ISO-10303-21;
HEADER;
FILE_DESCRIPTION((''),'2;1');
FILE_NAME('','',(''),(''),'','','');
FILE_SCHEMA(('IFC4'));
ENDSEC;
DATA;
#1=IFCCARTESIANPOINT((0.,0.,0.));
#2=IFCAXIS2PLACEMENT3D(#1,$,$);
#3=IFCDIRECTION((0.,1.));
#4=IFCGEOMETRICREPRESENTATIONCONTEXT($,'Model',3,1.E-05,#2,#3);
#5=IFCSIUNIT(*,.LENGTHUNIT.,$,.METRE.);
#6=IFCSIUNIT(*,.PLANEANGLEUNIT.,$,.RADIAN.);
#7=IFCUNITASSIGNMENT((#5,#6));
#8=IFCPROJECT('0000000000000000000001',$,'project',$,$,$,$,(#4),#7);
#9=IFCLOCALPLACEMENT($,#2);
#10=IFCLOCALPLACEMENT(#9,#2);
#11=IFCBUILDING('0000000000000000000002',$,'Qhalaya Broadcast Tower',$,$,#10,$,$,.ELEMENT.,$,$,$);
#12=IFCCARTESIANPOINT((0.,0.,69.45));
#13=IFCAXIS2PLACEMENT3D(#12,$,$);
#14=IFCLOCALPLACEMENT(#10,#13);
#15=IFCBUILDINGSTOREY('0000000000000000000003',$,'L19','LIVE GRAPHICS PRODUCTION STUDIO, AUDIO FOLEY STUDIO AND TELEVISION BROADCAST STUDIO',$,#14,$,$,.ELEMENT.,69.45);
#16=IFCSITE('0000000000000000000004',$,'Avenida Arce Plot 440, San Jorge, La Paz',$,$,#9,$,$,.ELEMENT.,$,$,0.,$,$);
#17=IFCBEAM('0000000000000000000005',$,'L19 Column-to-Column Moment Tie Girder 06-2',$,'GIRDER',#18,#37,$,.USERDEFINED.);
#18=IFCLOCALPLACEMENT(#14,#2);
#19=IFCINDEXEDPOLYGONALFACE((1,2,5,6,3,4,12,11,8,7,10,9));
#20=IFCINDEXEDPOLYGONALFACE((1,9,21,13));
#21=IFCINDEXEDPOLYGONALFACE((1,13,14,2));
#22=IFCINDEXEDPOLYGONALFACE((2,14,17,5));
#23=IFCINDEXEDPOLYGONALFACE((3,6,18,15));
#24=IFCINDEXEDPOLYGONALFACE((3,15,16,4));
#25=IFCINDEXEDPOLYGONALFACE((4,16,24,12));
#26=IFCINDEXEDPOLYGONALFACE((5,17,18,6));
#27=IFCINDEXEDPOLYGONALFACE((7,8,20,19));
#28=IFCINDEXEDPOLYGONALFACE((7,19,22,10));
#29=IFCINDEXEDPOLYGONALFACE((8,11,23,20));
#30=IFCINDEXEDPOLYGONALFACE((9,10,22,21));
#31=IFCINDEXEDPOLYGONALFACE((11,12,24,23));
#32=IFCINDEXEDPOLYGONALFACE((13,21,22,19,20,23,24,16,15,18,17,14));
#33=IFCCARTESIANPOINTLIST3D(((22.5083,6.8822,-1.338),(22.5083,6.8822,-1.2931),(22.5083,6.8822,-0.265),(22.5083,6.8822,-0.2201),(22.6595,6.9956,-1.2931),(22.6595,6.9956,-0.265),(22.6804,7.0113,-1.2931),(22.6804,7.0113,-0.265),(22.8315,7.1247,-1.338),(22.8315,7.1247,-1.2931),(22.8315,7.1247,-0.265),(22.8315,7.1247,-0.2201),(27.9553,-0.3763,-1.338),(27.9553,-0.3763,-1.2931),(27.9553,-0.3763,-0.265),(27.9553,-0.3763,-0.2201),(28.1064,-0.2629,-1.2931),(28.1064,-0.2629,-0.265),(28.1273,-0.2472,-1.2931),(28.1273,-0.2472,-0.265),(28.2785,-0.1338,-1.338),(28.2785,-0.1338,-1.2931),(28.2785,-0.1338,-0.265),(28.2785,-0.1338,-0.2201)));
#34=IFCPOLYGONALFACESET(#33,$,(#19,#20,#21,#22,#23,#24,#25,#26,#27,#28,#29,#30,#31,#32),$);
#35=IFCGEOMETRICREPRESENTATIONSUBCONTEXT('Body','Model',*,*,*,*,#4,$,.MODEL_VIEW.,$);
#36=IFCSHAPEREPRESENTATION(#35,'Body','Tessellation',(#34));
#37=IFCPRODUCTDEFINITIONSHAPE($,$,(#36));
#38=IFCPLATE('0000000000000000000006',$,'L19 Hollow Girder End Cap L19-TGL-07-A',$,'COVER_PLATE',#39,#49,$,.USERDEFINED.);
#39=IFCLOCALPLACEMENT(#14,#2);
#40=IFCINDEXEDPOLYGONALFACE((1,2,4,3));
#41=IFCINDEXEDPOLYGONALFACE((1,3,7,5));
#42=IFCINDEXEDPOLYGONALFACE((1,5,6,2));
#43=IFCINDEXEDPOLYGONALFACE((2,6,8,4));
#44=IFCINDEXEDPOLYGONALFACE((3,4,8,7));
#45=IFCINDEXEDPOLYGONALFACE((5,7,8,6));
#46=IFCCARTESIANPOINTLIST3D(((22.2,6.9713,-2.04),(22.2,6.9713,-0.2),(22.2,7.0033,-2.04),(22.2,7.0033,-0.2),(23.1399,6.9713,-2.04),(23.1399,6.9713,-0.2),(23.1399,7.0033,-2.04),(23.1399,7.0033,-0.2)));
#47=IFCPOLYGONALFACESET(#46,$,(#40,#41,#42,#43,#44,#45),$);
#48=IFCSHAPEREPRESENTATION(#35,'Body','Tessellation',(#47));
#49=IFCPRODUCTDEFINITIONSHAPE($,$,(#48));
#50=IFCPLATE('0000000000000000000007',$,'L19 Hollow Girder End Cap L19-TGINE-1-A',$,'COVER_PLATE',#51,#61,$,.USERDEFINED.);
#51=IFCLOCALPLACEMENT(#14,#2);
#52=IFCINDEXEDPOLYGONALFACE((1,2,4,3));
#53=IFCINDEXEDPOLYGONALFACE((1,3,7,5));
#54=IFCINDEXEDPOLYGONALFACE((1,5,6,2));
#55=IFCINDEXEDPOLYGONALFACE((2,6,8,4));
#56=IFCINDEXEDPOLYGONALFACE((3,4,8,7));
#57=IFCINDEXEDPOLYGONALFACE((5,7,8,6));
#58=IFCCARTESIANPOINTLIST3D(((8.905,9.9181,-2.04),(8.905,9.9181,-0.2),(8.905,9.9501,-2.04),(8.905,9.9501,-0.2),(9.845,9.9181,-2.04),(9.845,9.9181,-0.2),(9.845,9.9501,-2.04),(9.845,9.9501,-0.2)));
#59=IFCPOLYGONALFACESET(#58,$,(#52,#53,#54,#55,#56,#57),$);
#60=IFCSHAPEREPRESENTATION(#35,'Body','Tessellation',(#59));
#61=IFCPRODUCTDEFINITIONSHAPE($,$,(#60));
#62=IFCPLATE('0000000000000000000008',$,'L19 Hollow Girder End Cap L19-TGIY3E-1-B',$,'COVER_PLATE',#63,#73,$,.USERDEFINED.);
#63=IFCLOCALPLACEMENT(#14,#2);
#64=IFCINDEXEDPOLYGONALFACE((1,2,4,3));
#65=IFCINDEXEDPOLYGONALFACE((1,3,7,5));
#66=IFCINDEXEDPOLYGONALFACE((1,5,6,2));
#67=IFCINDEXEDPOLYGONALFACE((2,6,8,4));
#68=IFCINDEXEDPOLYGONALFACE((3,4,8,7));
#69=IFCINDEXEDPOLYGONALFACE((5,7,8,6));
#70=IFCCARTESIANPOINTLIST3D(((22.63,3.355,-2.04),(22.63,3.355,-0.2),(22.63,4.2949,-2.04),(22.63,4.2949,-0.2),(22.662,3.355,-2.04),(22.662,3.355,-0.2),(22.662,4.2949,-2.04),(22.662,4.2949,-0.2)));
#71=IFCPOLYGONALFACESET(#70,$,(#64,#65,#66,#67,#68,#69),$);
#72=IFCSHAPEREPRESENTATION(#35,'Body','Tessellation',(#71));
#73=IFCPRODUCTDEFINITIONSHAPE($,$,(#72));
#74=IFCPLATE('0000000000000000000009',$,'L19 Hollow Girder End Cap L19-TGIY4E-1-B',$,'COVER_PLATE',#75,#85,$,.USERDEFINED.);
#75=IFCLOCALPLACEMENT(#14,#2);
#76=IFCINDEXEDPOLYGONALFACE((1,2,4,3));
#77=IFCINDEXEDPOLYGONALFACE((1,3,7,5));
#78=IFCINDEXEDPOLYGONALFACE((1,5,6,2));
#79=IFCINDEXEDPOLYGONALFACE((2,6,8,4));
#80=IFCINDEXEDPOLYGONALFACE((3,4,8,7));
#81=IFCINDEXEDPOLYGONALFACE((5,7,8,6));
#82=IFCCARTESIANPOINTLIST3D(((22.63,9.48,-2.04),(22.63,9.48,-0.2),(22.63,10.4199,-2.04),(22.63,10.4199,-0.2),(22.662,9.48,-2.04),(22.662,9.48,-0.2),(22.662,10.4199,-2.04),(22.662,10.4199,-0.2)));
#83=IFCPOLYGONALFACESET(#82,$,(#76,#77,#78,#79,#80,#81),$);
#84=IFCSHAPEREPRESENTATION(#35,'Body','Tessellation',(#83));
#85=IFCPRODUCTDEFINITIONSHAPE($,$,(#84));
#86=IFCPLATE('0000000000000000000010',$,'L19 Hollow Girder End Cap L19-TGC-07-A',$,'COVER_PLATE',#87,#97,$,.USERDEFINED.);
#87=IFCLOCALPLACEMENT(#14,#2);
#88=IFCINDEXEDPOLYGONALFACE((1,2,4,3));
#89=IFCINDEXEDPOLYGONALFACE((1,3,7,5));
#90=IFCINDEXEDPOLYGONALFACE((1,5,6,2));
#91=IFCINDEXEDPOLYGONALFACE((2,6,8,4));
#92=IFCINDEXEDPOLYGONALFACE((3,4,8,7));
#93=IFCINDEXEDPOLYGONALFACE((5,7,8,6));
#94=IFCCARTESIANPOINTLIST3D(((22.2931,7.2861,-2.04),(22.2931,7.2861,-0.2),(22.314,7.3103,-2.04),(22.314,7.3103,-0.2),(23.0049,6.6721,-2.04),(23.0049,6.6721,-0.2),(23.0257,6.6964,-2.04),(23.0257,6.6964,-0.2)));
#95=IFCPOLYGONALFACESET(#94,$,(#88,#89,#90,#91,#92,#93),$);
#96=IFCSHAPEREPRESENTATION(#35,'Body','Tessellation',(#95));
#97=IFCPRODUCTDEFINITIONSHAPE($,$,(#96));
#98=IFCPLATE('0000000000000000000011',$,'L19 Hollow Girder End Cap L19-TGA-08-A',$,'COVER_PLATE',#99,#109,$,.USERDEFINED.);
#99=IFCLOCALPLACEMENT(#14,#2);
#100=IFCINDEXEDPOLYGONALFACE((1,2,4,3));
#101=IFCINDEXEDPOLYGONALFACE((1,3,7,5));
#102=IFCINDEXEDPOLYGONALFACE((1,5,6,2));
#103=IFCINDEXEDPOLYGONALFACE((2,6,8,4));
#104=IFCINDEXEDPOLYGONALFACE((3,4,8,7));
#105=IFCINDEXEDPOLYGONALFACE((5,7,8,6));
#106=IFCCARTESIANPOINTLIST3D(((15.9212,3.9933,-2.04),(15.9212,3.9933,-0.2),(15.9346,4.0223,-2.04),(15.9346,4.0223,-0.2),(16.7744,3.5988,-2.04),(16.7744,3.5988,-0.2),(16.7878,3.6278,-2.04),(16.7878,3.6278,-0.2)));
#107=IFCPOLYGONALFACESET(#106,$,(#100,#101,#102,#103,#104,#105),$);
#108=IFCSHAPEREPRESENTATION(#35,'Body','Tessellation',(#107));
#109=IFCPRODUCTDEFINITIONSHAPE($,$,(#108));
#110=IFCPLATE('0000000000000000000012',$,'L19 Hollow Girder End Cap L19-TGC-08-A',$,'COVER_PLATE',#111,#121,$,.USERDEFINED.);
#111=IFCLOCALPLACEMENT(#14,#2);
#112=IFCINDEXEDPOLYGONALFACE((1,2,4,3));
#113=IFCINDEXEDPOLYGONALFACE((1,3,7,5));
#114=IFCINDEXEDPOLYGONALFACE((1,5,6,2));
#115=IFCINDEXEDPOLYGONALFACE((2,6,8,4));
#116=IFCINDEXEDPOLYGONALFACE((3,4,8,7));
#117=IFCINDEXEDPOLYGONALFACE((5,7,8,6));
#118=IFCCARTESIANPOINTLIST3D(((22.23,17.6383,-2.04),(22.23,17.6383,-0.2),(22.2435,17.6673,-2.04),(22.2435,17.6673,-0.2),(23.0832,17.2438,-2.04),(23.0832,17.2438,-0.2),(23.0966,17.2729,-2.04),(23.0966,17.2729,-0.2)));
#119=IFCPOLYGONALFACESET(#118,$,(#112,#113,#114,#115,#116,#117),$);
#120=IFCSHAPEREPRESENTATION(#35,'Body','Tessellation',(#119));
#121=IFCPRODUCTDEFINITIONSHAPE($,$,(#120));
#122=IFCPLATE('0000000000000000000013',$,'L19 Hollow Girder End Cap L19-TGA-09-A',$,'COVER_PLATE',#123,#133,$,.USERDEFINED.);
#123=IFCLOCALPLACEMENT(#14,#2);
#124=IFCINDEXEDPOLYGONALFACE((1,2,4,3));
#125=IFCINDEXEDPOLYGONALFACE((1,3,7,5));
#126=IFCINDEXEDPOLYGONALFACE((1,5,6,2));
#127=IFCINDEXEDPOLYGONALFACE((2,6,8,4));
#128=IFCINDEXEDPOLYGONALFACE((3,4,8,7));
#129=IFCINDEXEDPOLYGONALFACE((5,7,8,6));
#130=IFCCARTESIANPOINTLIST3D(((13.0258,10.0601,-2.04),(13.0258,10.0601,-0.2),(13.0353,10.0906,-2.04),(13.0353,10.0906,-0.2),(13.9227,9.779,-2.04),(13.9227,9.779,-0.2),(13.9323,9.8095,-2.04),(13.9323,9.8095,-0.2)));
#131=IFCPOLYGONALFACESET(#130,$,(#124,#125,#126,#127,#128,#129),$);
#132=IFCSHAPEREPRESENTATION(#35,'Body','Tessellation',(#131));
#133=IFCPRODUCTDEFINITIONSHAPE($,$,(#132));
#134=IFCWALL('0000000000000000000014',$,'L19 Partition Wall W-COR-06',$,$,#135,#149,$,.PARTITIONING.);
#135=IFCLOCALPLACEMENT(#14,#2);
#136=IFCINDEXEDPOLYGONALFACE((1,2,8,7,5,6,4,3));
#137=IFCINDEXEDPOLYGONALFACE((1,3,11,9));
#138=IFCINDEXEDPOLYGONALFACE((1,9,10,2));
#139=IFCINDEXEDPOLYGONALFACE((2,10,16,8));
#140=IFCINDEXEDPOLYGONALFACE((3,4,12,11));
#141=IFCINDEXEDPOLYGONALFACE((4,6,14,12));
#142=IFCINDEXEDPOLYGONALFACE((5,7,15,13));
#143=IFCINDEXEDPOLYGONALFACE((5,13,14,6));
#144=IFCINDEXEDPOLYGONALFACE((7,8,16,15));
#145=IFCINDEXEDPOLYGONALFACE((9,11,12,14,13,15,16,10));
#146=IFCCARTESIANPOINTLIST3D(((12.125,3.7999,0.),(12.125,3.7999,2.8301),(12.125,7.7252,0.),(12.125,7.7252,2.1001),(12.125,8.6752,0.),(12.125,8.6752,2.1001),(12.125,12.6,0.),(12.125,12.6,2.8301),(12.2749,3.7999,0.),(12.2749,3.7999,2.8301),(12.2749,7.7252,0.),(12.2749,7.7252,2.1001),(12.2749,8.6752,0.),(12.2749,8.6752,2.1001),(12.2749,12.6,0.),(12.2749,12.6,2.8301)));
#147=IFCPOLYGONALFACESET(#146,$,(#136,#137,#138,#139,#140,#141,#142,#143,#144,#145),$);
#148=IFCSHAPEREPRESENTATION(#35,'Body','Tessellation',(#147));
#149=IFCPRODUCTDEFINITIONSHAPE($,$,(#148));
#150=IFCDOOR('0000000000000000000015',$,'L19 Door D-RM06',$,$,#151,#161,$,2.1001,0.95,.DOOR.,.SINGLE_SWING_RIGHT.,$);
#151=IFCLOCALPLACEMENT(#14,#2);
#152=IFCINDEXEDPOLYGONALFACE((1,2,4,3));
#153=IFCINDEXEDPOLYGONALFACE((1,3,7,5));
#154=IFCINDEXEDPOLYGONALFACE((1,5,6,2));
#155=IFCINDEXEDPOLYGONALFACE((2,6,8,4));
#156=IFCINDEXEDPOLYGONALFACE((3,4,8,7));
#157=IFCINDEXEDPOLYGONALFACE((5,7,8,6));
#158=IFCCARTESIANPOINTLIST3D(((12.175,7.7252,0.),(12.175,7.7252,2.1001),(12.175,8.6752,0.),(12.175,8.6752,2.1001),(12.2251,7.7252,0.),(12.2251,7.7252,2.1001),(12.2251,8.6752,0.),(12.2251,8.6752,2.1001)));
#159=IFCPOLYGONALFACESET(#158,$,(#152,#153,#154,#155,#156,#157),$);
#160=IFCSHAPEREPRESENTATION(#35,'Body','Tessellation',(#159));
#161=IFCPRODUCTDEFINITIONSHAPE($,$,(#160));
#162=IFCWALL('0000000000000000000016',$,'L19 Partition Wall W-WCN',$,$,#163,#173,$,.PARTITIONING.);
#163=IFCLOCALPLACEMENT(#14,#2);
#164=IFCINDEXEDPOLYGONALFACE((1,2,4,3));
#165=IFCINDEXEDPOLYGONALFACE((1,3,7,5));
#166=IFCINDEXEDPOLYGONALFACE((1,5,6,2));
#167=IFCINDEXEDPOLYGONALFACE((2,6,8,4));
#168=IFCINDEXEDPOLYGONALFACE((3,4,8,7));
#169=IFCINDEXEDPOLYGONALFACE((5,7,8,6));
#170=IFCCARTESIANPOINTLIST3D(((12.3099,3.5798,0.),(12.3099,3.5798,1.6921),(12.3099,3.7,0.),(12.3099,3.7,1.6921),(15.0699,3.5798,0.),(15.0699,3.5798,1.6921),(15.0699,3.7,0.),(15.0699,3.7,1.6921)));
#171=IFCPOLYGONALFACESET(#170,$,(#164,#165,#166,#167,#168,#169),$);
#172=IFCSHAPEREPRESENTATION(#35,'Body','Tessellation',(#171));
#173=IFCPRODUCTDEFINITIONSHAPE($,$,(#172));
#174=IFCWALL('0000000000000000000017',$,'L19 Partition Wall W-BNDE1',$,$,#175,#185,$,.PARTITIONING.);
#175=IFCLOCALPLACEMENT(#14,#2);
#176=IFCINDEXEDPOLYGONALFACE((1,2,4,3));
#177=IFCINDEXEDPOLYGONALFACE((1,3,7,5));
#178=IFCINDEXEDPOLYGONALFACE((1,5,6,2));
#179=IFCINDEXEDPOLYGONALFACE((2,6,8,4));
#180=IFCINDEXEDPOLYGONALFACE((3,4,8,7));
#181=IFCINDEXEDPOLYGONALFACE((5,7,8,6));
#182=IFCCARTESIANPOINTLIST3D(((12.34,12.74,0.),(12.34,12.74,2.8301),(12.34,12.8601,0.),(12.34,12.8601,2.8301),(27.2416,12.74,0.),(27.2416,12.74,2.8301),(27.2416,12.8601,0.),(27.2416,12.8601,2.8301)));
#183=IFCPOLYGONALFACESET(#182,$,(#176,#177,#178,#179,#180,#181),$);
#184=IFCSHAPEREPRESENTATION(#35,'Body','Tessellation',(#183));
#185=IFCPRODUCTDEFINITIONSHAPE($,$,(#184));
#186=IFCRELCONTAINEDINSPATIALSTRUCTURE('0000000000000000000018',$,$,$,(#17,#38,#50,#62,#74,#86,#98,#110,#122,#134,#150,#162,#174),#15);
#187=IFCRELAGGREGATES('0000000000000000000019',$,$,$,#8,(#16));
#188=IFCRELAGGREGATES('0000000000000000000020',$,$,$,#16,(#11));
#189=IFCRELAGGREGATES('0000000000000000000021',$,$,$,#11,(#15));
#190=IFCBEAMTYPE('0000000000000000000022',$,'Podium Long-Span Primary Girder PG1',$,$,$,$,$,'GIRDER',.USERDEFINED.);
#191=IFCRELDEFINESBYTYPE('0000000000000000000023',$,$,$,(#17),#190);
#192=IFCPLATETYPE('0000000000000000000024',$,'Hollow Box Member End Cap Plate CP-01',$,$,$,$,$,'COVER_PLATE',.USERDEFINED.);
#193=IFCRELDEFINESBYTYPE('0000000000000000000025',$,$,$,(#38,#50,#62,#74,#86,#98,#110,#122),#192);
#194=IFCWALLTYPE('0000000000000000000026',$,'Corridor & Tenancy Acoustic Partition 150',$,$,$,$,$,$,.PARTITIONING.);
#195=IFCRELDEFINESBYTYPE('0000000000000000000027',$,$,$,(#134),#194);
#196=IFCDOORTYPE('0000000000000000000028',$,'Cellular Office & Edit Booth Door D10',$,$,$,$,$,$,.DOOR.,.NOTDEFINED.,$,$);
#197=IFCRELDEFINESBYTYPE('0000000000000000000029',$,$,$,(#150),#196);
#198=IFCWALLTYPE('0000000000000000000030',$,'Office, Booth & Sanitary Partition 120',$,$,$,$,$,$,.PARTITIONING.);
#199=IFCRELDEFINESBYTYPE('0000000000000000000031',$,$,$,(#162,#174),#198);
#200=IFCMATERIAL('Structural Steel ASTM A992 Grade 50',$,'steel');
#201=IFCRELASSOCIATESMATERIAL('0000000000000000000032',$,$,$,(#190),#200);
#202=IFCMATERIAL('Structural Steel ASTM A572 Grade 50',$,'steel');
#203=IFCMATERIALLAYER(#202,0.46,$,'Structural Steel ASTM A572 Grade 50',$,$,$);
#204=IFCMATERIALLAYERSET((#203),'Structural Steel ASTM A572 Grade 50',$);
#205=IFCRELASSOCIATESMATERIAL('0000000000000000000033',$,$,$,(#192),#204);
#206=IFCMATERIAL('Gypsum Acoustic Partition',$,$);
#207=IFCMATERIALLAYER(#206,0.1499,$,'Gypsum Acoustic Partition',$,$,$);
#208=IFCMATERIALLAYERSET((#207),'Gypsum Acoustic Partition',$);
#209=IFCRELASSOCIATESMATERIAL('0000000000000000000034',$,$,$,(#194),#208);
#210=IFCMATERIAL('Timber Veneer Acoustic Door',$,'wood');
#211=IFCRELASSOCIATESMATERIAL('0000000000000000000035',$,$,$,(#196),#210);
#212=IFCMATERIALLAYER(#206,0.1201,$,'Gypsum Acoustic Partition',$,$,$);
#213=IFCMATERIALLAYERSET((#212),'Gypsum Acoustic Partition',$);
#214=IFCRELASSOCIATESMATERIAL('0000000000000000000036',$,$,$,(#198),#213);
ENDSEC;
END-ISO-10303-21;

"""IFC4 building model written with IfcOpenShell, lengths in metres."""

from ifc_helpers import new_model, si_unit, direction, frame, frame_2d, origin, origin_2d, place, context, subcontext, project, spatial, rectangle, i_section, extrude, material, layer, layer_set, material_profile, profile_set, type_object, element, fill, save


model = new_model("IFC4")

# Units and contexts
model_context = context("Model", 3, precision=1e-05, world=origin(), true_north=direction((0.0, 1.0)))
body_context = subcontext(model_context, "Body", "Model", "MODEL_VIEW")
ifc_project = project(units=[si_unit("LENGTHUNIT", "METRE"), si_unit("PLANEANGLEUNIT", "RADIAN")], contexts=[model_context])

# Site, building, storey
site_placement = place(None, origin())
site = spatial("IfcSite", under=ifc_project, at=site_placement, Name="Avenida Arce Plot 440, San Jorge, La Paz", CompositionType="ELEMENT", RefElevation=0.0)
building_placement = place(site_placement, origin())
building = spatial("IfcBuilding", under=site, at=building_placement, Name="Qhalaya Broadcast Tower", CompositionType="ELEMENT")
storey_placement = place(building_placement, frame((0.0, 0.0, 69.45)))
storey = spatial("IfcBuildingStorey", under=building, at=storey_placement, Name="L19", Description="LIVE GRAPHICS PRODUCTION STUDIO, AUDIO FOLEY STUDIO AND TELEVISION BROADCAST STUDIO", CompositionType="ELEMENT", Elevation=69.45)

# Shared definitions
ifc_material_1 = material(Name="Structural Steel ASTM A992 Grade 50", Category="steel")

# Beam
ifc_material_2 = material(Name="Structural Steel ASTM A572 Grade 50", Category="steel")
ifc_material_profile_1 = material_profile(ifc_material_1, i_section(OverallWidth=0.4041, OverallDepth=1.1179, WebThickness=0.0261, FlangeThickness=0.0449, at=origin_2d()), Name="W44X335")
ifc_profile_set_1 = profile_set([ifc_material_profile_1], Name="Structural Steel ASTM A992 Grade 50")
beam_type_1 = type_object("IfcBeamType", Name="Podium Long-Span Primary Girder PG1", ElementType="GIRDER", PredefinedType="USERDEFINED", material=ifc_profile_set_1)
beam_1_placement = place(storey_placement, frame((22.6699, 7.0034, -0.7791), z_axis=(0.60022, -0.799835, 0.0), x_axis=(0.799835, 0.60022, 0.0)))
element("IfcBeam", 1, at=beam_1_placement, inside=storey, type_object=beam_type_1, Name="L19 Column-to-Column Moment Tie Girder 06-2", ObjectType="GIRDER", PredefinedType="USERDEFINED", context=body_context, shape_type="SweptSolid", body=[
    extrude(i_section(OverallWidth=0.4041, OverallDepth=1.1179, WebThickness=0.0261, FlangeThickness=0.0449, at=origin_2d()), origin(), (0.0, 0.0, 1.0), 9.075),
])

# Plates
ifc_layer_1 = layer(ifc_material_2, 0.46, Name="Structural Steel ASTM A572 Grade 50")
ifc_layer_set_1 = layer_set([ifc_layer_1], Name="Structural Steel ASTM A572 Grade 50")
plate_type = type_object("IfcPlateType", Name="Hollow Box Member End Cap Plate CP-01", ElementType="COVER_PLATE", PredefinedType="USERDEFINED", material=ifc_layer_set_1)
for number, where, z_axis, x_axis, name in (
    (2, (22.6699, 6.9873, -2.04), (0.0, 0.0, 1.0), (-1.0, 0.0, 0.0), "L19 Hollow Girder End Cap L19-TGL-07-A"),
    (3, (9.375, 9.9341, -2.04), (0.0, 0.0, 1.0), (-1.0, 0.0, 0.0), "L19 Hollow Girder End Cap L19-TGINE-1-A"),
    (4, (22.646, 3.825, -2.04), (0.0, 0.0, 1.0), (0.0, 1.0, 0.0), "L19 Hollow Girder End Cap L19-TGIY3E-1-B"),
    (5, (22.646, 9.95, -2.04), (0.0, 0.0, 1.0), (0.0, 1.0, 0.0), "L19 Hollow Girder End Cap L19-TGIY4E-1-B"),
    (6, (22.6594, 6.9912, -2.04), (0.0, 0.0, 1.0), (-0.757223, 0.653156, 0.0), "L19 Hollow Girder End Cap L19-TGC-07-A"),
    (7, (16.3545, 3.8105, -2.04), (0.0, 0.0, 1.0), (-0.907682, 0.419658, 0.0), "L19 Hollow Girder End Cap L19-TGA-08-A"),
    (8, (22.6633, 17.4556, -2.04), (0.0, 0.0, 1.0), (-0.907682, 0.419658, 0.0), "L19 Hollow Girder End Cap L19-TGC-08-A"),
    (9, (13.479, 9.9348, -2.04), (0.0, 0.0, 1.0), (-0.95424, 0.299041, 0.0), "L19 Hollow Girder End Cap L19-TGA-09-A"),
):
    element("IfcPlate", number, at=place(storey_placement, frame(where, z_axis=z_axis, x_axis=x_axis)), inside=storey, type_object=plate_type, Name=name, ObjectType="COVER_PLATE", PredefinedType="USERDEFINED", context=body_context, shape_type="SweptSolid", body=[
        extrude(rectangle(XDim=0.9399, YDim=0.032, at=origin_2d()), origin(), (0.0, 0.0, 1.0), 1.8401),
    ])

# Wall, opening, door
ifc_material_3 = material(Name="Gypsum Acoustic Partition")
ifc_layer_2 = layer(ifc_material_3, 0.1499, Name="Gypsum Acoustic Partition")
ifc_layer_set_2 = layer_set([ifc_layer_2], Name="Gypsum Acoustic Partition")
wall_type_1 = type_object("IfcWallType", Name="Corridor & Tenancy Acoustic Partition 150", PredefinedType="PARTITIONING", material=ifc_layer_set_2)
wall_1_placement = place(storey_placement, frame((12.2, 3.8, 0.0), z_axis=(0.0, 0.0, 1.0), x_axis=(0.0, 1.0, 0.0)))
wall_1 = element("IfcWall", 10, at=wall_1_placement, inside=storey, type_object=wall_type_1, Name="L19 Partition Wall W-COR-06", PredefinedType="PARTITIONING", context=body_context, shape_type="SweptSolid", body=[
    extrude(rectangle(XDim=8.8, YDim=0.1499, at=frame_2d((4.3999, 0.0))), origin(), (0.0, 0.0, 1.0), 2.8301),
])
opening_placement = place(wall_1_placement, frame((3.925, 0.0, 0.0)))
opening = element("IfcOpeningElement", 11, at=opening_placement, cuts=wall_1, PredefinedType="OPENING", context=body_context, shape_type="SweptSolid", body=[
    extrude(rectangle(XDim=0.95, YDim=2.1001, at=frame_2d((0.4751, 1.05))), frame((0.0, 0.0869, 0.0), z_axis=(0.0, -1.0, 0.0), x_axis=(1.0, 0.0, 0.0)), (0.0, 0.0, 1.0), 0.1738),
])
ifc_material_4 = material(Name="Timber Veneer Acoustic Door", Category="wood")
door_type = type_object("IfcDoorType", Name="Cellular Office & Edit Booth Door D10", OperationType="NOTDEFINED", PredefinedType="DOOR", material=ifc_material_4)
door_placement = place(opening_placement, origin())
door = element("IfcDoor", 12, at=door_placement, inside=storey, type_object=door_type, Name="L19 Door D-RM06", OperationType="SINGLE_SWING_RIGHT", OverallHeight=2.1001, OverallWidth=0.95, PredefinedType="DOOR", context=body_context, shape_type="SweptSolid", body=[
    extrude(rectangle(XDim=0.95, YDim=2.1001, at=frame_2d((0.4751, 1.05))), frame((0.0, 0.0249, 0.0), z_axis=(0.0, -1.0, 0.0), x_axis=(1.0, 0.0, 0.0)), (0.0, 0.0, 1.0), 0.05),
])
fill(opening, door)

# Walls
ifc_layer_3 = layer(ifc_material_3, 0.1201, Name="Gypsum Acoustic Partition")
ifc_layer_set_3 = layer_set([ifc_layer_3], Name="Gypsum Acoustic Partition")
wall_type_2 = type_object("IfcWallType", Name="Office, Booth & Sanitary Partition 120", PredefinedType="PARTITIONING", material=ifc_layer_set_3)
wall_2_placement = place(storey_placement, frame((12.3101, 3.6399, 0.0), z_axis=(0.0, 0.0, 1.0), x_axis=(1.0, 0.0, 0.0)))
element("IfcWall", 13, at=wall_2_placement, inside=storey, type_object=wall_type_2, Name="L19 Partition Wall W-WCN", PredefinedType="PARTITIONING", context=body_context, shape_type="SweptSolid", body=[
    extrude(rectangle(XDim=2.76, YDim=0.1201, at=frame_2d((1.3799, 0.0))), origin(), (0.0, 0.0, 1.0), 1.6921),
])
wall_3_placement = place(storey_placement, frame((12.3401, 12.8, 0.0), z_axis=(0.0, 0.0, 1.0), x_axis=(1.0, 0.0, 0.0)))
element("IfcWall", 14, at=wall_3_placement, inside=storey, type_object=wall_type_2, Name="L19 Partition Wall W-BNDE1", PredefinedType="PARTITIONING", context=body_context, shape_type="SweptSolid", body=[
    extrude(rectangle(XDim=14.9016, YDim=0.1201, at=frame_2d((7.4507, 0.0))), origin(), (0.0, 0.0, 1.0), 2.8301),
])

save(model, "model.ifc")
